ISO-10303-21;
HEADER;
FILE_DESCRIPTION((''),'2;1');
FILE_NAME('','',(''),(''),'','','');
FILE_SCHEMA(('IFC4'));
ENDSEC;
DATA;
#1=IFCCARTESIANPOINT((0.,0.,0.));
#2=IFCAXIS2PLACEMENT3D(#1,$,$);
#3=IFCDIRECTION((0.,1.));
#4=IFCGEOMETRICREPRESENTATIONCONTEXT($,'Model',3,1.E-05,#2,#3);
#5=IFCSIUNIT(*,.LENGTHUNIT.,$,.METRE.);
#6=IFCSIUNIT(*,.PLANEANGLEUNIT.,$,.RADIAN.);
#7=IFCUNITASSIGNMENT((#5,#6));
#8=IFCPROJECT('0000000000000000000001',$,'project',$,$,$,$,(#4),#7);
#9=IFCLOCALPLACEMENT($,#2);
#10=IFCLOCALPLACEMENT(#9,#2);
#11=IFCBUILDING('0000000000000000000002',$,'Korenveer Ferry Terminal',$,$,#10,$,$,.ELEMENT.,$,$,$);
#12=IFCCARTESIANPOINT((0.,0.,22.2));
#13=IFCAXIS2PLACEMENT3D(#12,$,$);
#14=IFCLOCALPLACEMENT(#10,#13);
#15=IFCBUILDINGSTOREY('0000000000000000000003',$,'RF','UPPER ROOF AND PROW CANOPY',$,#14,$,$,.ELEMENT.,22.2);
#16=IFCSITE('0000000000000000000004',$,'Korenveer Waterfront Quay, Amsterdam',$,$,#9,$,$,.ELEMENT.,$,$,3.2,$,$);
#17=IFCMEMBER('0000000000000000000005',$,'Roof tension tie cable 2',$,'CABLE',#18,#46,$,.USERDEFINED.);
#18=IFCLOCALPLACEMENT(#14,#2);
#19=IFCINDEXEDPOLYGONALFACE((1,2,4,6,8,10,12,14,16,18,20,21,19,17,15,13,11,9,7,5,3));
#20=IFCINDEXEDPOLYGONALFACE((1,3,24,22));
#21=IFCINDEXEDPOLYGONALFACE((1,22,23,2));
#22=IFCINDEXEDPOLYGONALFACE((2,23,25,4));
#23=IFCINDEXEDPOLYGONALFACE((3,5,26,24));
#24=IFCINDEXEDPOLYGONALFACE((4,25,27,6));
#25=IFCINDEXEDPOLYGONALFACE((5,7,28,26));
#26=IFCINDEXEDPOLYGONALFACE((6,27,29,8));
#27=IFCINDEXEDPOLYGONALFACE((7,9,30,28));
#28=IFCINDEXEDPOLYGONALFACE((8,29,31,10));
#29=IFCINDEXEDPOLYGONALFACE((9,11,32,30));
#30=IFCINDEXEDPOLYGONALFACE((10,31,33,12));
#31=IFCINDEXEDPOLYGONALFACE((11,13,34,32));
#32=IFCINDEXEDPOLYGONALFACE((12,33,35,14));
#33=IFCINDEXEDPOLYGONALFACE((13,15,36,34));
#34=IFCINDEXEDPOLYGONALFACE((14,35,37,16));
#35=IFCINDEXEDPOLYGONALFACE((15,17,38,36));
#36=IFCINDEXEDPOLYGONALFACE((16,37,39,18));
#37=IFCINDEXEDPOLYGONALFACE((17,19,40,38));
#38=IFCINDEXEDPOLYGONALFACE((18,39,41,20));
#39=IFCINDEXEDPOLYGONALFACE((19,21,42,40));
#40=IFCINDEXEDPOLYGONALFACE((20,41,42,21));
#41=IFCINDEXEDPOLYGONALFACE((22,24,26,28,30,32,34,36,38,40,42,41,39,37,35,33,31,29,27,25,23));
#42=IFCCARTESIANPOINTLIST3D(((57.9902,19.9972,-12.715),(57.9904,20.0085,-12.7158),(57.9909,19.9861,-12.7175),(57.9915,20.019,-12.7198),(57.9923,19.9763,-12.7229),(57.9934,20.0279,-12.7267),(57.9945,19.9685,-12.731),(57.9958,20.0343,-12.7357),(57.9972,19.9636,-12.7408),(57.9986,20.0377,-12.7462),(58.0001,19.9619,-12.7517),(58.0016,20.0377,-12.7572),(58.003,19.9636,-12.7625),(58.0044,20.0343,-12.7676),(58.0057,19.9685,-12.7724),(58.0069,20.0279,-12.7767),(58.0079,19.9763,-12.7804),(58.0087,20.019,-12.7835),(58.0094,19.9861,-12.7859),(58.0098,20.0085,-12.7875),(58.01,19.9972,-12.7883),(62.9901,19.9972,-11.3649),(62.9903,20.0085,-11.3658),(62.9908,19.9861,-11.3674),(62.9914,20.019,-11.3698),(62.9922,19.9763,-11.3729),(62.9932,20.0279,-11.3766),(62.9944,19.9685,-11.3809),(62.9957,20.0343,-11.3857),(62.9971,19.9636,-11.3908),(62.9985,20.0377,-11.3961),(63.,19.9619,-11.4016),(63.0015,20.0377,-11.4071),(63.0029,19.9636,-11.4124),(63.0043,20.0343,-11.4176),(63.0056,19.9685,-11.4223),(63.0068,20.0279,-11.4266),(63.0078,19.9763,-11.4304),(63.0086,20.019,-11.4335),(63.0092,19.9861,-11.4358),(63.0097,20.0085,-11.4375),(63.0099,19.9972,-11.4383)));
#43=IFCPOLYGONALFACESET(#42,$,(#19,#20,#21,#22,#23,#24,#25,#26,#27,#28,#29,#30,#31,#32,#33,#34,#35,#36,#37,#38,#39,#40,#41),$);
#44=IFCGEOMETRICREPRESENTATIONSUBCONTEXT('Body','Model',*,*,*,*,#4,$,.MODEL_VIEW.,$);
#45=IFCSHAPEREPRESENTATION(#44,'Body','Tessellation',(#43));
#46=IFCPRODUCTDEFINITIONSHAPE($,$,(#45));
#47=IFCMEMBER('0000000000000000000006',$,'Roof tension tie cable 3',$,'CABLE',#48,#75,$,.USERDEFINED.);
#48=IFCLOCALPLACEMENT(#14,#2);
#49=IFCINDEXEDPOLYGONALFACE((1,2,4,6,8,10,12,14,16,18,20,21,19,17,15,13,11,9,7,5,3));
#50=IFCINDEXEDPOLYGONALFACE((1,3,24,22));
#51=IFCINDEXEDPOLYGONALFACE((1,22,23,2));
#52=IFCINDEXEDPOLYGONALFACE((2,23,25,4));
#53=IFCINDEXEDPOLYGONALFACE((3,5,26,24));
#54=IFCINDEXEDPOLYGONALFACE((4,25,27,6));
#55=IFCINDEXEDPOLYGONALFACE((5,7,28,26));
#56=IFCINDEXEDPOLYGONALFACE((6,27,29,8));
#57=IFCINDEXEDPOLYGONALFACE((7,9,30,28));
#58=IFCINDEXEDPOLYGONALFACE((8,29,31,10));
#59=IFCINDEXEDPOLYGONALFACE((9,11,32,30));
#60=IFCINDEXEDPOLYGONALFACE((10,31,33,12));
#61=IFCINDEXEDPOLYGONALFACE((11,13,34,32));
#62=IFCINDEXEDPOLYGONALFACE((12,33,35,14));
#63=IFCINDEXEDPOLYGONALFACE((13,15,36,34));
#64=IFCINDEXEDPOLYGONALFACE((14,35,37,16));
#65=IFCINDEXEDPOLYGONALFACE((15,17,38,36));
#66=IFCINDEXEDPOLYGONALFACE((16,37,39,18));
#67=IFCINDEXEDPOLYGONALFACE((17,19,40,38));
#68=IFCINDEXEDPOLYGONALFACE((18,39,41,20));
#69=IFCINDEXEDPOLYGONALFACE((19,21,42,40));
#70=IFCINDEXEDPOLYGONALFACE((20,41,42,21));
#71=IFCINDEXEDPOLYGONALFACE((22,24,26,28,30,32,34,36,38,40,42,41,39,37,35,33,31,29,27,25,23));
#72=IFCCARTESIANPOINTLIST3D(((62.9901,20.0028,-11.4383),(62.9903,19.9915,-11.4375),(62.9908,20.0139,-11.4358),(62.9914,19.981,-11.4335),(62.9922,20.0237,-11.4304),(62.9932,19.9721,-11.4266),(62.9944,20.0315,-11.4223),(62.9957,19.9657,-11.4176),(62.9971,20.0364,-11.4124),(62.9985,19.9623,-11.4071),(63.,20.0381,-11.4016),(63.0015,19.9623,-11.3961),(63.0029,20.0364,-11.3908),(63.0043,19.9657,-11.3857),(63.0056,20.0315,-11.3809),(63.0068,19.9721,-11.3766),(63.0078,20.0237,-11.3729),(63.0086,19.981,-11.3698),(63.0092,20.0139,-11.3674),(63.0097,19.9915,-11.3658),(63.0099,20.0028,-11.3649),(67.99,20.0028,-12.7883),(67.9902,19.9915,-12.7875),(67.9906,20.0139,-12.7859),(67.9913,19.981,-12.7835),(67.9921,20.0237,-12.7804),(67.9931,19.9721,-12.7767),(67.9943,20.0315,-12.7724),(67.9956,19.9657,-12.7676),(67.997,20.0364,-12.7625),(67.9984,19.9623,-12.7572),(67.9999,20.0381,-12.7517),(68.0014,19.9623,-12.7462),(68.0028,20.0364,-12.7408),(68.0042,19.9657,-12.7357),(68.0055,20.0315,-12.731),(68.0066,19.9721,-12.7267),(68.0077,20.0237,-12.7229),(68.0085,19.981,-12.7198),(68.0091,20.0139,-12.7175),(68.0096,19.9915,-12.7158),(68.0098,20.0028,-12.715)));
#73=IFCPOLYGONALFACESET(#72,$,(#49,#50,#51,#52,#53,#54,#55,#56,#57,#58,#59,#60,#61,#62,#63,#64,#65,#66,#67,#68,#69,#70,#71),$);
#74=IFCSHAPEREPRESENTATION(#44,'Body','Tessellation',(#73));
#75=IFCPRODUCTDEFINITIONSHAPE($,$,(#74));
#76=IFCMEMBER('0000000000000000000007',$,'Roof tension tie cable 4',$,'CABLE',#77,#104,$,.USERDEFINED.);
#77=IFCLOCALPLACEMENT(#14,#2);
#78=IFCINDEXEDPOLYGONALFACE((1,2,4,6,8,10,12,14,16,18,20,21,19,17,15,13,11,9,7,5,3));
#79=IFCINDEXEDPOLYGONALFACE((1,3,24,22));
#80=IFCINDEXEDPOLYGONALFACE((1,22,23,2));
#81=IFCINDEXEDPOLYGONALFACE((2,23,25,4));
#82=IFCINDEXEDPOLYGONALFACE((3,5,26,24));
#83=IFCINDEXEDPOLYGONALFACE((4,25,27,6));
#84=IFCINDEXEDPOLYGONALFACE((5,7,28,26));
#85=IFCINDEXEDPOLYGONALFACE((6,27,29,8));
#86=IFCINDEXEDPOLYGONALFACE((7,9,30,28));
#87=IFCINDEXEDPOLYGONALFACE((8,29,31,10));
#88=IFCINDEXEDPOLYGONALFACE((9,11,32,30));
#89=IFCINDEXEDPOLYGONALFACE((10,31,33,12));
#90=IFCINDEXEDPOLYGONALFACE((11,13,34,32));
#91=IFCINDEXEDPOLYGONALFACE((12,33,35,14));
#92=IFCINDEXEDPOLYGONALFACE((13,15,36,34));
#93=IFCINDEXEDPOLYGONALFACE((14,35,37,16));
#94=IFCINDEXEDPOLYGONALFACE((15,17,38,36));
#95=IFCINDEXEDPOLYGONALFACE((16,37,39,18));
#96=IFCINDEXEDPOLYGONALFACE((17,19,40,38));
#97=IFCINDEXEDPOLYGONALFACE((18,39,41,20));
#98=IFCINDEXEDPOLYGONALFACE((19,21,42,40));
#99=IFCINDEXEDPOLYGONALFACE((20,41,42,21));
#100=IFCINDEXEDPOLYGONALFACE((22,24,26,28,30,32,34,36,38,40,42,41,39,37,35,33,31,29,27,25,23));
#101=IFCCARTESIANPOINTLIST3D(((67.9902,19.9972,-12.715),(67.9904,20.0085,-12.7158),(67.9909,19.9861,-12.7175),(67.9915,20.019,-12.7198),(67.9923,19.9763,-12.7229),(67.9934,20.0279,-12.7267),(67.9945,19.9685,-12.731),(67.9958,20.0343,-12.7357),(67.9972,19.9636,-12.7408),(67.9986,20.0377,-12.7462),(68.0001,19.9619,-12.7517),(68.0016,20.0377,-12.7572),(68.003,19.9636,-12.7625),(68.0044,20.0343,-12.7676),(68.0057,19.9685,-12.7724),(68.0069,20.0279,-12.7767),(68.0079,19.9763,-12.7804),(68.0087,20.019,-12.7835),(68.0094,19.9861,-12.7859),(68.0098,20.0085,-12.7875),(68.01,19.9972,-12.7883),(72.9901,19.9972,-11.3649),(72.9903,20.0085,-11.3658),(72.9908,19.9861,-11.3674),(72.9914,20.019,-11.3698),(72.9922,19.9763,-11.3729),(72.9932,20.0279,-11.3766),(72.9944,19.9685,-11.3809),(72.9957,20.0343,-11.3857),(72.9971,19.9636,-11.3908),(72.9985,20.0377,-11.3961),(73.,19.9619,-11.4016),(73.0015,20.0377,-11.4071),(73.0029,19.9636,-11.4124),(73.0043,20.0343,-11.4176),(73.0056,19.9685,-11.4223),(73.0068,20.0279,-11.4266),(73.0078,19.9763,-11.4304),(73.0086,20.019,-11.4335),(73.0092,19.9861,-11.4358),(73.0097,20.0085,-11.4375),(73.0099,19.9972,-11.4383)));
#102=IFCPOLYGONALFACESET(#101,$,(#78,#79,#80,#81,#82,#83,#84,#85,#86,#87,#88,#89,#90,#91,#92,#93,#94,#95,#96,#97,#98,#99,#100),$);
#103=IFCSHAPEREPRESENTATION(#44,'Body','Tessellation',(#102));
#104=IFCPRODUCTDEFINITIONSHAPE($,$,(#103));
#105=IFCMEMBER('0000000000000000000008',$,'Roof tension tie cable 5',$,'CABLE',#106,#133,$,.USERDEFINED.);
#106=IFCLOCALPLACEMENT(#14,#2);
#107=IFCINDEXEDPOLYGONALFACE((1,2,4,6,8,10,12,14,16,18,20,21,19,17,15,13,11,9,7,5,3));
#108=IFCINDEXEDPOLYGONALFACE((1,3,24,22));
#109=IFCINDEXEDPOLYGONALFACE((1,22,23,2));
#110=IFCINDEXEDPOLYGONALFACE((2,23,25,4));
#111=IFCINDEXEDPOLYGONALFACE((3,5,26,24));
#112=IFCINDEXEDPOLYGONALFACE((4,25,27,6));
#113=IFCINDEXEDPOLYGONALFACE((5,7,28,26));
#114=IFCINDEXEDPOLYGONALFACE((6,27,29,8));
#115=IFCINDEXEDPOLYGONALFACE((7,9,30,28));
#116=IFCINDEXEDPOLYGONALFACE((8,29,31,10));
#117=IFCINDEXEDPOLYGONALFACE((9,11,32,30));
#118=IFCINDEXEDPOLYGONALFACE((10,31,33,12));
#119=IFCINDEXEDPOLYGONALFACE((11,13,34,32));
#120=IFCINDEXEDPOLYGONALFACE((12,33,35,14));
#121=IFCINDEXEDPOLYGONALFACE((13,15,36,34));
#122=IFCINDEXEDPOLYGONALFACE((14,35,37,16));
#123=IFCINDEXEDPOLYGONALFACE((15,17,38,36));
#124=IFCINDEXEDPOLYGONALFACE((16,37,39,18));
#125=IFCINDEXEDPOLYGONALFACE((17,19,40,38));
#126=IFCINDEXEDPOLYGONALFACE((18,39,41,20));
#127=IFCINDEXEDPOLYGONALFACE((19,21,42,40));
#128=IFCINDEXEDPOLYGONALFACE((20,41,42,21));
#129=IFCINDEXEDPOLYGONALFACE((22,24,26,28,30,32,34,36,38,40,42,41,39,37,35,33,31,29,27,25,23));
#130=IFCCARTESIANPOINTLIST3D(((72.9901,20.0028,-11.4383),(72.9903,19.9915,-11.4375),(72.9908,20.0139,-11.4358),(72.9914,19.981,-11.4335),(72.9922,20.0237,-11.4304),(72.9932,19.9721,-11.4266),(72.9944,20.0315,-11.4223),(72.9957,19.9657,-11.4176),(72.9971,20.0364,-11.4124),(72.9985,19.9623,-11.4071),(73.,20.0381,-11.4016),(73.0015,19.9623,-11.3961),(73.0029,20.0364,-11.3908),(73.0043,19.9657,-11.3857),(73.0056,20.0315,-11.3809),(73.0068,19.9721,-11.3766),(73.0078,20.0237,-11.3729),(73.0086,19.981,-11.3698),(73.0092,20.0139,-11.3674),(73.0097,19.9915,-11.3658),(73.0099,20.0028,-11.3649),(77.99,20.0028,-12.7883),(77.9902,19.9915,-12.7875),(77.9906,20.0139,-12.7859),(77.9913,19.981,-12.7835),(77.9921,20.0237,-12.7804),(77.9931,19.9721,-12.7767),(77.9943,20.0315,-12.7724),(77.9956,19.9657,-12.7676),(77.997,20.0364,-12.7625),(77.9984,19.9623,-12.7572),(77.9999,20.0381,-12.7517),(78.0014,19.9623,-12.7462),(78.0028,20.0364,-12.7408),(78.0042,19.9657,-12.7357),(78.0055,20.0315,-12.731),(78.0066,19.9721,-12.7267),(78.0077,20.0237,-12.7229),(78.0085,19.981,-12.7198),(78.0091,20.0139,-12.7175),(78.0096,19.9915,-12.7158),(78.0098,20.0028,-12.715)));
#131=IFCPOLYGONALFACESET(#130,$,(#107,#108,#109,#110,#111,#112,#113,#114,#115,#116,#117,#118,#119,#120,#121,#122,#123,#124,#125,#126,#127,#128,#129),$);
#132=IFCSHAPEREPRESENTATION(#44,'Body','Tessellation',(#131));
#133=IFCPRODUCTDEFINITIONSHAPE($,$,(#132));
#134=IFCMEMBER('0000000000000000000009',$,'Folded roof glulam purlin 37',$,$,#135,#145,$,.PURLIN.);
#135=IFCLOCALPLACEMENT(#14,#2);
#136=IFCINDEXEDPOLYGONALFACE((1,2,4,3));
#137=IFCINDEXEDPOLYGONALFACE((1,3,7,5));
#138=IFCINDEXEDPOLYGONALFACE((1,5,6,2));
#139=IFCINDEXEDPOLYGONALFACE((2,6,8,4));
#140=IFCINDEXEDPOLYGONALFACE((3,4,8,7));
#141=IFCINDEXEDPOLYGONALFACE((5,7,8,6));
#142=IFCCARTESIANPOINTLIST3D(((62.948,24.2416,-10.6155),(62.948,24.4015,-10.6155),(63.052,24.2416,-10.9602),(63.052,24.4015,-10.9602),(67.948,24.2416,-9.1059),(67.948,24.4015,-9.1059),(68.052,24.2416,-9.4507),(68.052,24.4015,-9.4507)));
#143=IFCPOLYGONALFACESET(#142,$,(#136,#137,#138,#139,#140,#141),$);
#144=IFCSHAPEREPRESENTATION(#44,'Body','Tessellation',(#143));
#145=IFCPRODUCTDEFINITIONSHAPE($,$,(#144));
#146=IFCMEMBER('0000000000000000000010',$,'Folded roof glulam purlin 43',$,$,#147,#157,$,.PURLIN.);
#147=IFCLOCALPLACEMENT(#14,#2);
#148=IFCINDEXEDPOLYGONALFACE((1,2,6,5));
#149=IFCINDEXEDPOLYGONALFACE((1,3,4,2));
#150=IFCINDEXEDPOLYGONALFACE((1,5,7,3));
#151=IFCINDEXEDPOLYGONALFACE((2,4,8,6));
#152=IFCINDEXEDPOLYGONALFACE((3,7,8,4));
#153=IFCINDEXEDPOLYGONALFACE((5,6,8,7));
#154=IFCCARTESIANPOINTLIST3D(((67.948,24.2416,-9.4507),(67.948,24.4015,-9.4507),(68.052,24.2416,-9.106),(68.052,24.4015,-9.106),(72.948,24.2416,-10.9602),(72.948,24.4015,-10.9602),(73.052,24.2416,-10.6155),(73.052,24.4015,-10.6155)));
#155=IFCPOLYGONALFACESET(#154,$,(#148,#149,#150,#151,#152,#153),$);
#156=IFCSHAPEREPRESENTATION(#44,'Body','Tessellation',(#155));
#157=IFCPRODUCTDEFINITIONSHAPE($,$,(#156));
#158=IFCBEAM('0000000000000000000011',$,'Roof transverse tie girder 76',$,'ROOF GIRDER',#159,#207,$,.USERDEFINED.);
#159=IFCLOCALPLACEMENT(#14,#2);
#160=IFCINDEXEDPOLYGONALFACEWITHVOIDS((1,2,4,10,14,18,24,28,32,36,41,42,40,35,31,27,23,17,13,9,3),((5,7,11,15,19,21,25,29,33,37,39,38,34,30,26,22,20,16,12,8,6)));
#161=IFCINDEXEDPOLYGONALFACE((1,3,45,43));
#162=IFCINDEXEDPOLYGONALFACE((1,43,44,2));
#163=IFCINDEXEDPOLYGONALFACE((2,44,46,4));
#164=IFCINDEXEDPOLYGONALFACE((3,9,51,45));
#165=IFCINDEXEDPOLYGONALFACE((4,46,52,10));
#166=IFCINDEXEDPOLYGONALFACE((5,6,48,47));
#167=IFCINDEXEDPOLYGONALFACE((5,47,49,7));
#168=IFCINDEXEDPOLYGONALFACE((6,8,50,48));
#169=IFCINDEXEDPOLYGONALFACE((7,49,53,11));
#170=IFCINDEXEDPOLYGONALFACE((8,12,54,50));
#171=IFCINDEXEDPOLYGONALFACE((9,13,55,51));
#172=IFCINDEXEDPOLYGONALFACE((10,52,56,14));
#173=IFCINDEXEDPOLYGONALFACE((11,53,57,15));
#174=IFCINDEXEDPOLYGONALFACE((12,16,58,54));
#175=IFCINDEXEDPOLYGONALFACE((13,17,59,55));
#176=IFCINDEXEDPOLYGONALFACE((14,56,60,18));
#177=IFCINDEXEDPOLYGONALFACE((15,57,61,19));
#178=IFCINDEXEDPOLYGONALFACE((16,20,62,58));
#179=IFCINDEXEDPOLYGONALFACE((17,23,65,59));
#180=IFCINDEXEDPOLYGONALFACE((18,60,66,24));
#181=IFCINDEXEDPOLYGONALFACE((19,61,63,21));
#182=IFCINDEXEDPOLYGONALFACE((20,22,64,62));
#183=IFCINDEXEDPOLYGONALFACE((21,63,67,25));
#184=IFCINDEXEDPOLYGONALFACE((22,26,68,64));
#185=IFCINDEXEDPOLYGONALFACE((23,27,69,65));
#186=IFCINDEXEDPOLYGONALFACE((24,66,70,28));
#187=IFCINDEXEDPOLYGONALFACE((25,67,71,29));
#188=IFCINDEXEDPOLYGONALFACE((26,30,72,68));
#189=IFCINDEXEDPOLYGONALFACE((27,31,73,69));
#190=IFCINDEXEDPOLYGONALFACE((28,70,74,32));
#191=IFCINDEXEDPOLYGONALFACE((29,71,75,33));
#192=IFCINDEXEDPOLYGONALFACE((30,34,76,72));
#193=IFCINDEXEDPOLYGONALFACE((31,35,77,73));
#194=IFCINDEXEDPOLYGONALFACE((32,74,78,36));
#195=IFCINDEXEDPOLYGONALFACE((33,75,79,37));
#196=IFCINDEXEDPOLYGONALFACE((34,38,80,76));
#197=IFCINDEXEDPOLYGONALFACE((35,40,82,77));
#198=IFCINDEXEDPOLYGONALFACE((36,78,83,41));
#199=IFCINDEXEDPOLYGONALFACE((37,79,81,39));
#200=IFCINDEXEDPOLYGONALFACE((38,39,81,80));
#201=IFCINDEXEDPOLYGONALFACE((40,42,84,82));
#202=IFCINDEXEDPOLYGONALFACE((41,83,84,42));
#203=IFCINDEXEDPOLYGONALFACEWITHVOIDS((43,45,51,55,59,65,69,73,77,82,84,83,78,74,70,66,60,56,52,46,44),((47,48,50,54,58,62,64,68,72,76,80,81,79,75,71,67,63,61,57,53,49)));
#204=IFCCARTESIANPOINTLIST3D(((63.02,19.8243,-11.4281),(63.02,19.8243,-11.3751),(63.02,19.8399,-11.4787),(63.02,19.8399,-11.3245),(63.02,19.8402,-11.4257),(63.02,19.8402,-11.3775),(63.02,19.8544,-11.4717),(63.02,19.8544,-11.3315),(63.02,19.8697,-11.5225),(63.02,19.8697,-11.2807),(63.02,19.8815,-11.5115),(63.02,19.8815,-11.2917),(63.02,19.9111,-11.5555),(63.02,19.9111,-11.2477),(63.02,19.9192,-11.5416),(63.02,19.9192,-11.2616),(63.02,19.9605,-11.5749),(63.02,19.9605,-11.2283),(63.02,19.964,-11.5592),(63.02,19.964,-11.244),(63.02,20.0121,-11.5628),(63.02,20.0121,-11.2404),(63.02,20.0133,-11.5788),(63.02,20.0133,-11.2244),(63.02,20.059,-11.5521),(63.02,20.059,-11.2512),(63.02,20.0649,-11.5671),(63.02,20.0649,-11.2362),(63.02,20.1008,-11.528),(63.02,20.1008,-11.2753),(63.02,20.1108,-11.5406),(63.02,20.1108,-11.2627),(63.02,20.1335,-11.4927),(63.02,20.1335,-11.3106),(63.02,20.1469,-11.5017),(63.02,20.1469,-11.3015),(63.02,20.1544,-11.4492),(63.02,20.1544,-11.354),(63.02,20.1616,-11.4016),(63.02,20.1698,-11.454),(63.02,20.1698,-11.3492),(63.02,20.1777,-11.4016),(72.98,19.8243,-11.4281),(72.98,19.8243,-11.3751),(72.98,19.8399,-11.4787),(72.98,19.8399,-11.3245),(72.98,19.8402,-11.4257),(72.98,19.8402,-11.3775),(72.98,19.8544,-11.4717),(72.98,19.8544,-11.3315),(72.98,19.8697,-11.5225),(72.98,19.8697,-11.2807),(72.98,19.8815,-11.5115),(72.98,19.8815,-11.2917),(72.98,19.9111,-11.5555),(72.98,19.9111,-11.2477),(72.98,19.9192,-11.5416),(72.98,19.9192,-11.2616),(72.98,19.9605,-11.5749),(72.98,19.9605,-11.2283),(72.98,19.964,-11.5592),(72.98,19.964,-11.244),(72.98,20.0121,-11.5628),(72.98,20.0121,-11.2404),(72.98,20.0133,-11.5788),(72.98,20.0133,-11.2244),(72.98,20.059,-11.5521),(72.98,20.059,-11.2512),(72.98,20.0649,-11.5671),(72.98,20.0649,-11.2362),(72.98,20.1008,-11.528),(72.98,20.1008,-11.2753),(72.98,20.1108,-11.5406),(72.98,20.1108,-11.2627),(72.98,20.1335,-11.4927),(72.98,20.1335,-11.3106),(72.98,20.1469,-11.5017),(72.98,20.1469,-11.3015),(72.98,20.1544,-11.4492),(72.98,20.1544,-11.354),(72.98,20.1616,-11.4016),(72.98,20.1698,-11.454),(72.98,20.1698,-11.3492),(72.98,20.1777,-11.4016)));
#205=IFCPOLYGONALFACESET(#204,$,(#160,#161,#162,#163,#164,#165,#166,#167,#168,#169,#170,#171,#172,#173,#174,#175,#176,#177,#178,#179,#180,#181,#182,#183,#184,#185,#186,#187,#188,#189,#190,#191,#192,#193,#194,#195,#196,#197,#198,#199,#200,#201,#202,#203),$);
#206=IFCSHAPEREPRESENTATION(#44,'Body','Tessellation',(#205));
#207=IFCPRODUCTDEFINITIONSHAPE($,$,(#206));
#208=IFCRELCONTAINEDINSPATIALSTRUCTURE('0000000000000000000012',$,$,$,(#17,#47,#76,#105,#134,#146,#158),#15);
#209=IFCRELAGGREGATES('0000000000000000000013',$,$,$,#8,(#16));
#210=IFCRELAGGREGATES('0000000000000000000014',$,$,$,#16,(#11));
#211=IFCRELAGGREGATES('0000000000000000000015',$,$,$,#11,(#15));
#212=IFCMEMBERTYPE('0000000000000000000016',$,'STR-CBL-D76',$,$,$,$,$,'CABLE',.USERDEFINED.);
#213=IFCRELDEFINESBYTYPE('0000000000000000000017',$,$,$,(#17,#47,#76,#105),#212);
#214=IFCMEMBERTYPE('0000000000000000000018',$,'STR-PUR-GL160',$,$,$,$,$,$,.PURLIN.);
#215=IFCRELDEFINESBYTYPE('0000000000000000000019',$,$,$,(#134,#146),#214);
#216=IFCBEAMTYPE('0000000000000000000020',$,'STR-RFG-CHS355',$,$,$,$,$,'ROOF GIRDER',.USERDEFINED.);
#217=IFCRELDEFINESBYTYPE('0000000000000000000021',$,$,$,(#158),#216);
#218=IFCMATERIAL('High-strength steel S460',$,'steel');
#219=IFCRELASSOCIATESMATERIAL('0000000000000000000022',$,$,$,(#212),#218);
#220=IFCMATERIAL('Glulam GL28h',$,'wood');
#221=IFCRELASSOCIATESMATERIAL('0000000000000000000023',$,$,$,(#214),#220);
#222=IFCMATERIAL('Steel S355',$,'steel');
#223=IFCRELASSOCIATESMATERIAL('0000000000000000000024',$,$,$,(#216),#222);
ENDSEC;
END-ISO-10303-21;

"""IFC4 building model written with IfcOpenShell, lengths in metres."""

from ifc_helpers import new_model, si_unit, direction, frame, origin, origin_2d, place, context, subcontext, project, spatial, rectangle, circle, hollow_circle, extrude, material, material_profile, profile_set, type_object, element, save


model = new_model("IFC4")

# Units and contexts
model_context = context("Model", 3, precision=1e-05, world=origin(), true_north=direction((0.0, 1.0)))
body_context = subcontext(model_context, "Body", "Model", "MODEL_VIEW")
ifc_project = project(units=[si_unit("LENGTHUNIT", "METRE"), si_unit("PLANEANGLEUNIT", "RADIAN")], contexts=[model_context])

# Site, building, storey
site_placement = place(None, origin())
site = spatial("IfcSite", under=ifc_project, at=site_placement, Name="Korenveer Waterfront Quay, Amsterdam", CompositionType="ELEMENT", RefElevation=3.2)
building_placement = place(site_placement, origin())
building = spatial("IfcBuilding", under=site, at=building_placement, Name="Korenveer Ferry Terminal", CompositionType="ELEMENT")
storey_placement = place(building_placement, frame((0.0, 0.0, 22.2)))
storey = spatial("IfcBuildingStorey", under=building, at=storey_placement, Name="RF", Description="UPPER ROOF AND PROW CANOPY", CompositionType="ELEMENT", Elevation=22.2)

# Shared definitions
ifc_material_1 = material(Name="Steel S355", Category="steel")

# Members
ifc_material_2 = material(Name="High-strength steel S460", Category="steel")
ifc_material_profile_1 = material_profile(ifc_material_2, circle(Radius=0.0381, at=origin_2d()), Name="ROD D76")
ifc_profile_set_1 = profile_set([ifc_material_profile_1], Name="High-strength steel S460")
member_type_1 = type_object("IfcMemberType", Name="STR-CBL-D76", ElementType="CABLE", PredefinedType="USERDEFINED", material=ifc_profile_set_1)
for number, where, z_axis, x_axis, name in (
    (1, (63.0, 20.0, -11.4016), (-0.965424, 0.0, -0.260683), (0.0, -1.0, 0.0), "Roof tension tie cable 2"),
    (2, (63.0, 20.0, -11.4016), (0.965424, 0.0, -0.260683), (0.0, 1.0, 0.0), "Roof tension tie cable 3"),
    (3, (73.0, 20.0, -11.4016), (-0.965424, 0.0, -0.260683), (0.0, -1.0, 0.0), "Roof tension tie cable 4"),
    (4, (73.0, 20.0, -11.4016), (0.965424, 0.0, -0.260683), (0.0, 1.0, 0.0), "Roof tension tie cable 5"),
):
    element("IfcMember", number, at=place(storey_placement, frame(where, z_axis=z_axis, x_axis=x_axis)), inside=storey, type_object=member_type_1, Name=name, ObjectType="CABLE", PredefinedType="USERDEFINED", context=body_context, shape_type="SweptSolid", body=[
        extrude(circle(Radius=0.0381, at=origin_2d()), origin(), (0.0, 0.0, 1.0), 5.179),
    ])
ifc_material_3 = material(Name="Glulam GL28h", Category="wood")
ifc_material_profile_2 = material_profile(ifc_material_3, rectangle(XDim=0.1599, YDim=0.3601, at=origin_2d()), Name="GL 160x360")
ifc_profile_set_2 = profile_set([ifc_material_profile_2], Name="Glulam GL28h")
member_type_2 = type_object("IfcMemberType", Name="STR-PUR-GL160", PredefinedType="PURLIN", material=ifc_profile_set_2)
for number, where, z_axis, x_axis, name in (
    (5, (63.0, 24.3215, -10.7878), (0.957323, 0.0, 0.28902), (0.0, 1.0, 0.0), "Folded roof glulam purlin 37"),
    (6, (68.0, 24.3215, -9.2783), (0.957323, 0.0, -0.28902), (0.0, 1.0, 0.0), "Folded roof glulam purlin 43"),
):
    element("IfcMember", number, at=place(storey_placement, frame(where, z_axis=z_axis, x_axis=x_axis)), inside=storey, type_object=member_type_2, Name=name, PredefinedType="PURLIN", context=body_context, shape_type="SweptSolid", body=[
        extrude(rectangle(XDim=0.1599, YDim=0.3601, at=origin_2d()), origin(), (0.0, 0.0, 1.0), 5.2229),
    ])

# Beam
ifc_material_profile_3 = material_profile(ifc_material_1, hollow_circle(Radius=0.1777, WallThickness=0.0161, at=origin_2d()), Name="CHS 355.6x16")
ifc_profile_set_3 = profile_set([ifc_material_profile_3], Name="Steel S355")
beam_type_1 = type_object("IfcBeamType", Name="STR-RFG-CHS355", ElementType="ROOF GIRDER", PredefinedType="USERDEFINED", material=ifc_profile_set_3)
beam_1_placement = place(storey_placement, frame((63.02, 20.0, -11.4016), z_axis=(1.0, 0.0, 0.0), x_axis=(0.0, 1.0, 0.0)))
element("IfcBeam", 7, at=beam_1_placement, inside=storey, type_object=beam_type_1, Name="Roof transverse tie girder 76", ObjectType="ROOF GIRDER", PredefinedType="USERDEFINED", context=body_context, shape_type="SweptSolid", body=[
    extrude(hollow_circle(Radius=0.1777, WallThickness=0.0161, at=origin_2d()), origin(), (0.0, 0.0, 1.0), 9.96),
])

save(model, "model.ifc")
